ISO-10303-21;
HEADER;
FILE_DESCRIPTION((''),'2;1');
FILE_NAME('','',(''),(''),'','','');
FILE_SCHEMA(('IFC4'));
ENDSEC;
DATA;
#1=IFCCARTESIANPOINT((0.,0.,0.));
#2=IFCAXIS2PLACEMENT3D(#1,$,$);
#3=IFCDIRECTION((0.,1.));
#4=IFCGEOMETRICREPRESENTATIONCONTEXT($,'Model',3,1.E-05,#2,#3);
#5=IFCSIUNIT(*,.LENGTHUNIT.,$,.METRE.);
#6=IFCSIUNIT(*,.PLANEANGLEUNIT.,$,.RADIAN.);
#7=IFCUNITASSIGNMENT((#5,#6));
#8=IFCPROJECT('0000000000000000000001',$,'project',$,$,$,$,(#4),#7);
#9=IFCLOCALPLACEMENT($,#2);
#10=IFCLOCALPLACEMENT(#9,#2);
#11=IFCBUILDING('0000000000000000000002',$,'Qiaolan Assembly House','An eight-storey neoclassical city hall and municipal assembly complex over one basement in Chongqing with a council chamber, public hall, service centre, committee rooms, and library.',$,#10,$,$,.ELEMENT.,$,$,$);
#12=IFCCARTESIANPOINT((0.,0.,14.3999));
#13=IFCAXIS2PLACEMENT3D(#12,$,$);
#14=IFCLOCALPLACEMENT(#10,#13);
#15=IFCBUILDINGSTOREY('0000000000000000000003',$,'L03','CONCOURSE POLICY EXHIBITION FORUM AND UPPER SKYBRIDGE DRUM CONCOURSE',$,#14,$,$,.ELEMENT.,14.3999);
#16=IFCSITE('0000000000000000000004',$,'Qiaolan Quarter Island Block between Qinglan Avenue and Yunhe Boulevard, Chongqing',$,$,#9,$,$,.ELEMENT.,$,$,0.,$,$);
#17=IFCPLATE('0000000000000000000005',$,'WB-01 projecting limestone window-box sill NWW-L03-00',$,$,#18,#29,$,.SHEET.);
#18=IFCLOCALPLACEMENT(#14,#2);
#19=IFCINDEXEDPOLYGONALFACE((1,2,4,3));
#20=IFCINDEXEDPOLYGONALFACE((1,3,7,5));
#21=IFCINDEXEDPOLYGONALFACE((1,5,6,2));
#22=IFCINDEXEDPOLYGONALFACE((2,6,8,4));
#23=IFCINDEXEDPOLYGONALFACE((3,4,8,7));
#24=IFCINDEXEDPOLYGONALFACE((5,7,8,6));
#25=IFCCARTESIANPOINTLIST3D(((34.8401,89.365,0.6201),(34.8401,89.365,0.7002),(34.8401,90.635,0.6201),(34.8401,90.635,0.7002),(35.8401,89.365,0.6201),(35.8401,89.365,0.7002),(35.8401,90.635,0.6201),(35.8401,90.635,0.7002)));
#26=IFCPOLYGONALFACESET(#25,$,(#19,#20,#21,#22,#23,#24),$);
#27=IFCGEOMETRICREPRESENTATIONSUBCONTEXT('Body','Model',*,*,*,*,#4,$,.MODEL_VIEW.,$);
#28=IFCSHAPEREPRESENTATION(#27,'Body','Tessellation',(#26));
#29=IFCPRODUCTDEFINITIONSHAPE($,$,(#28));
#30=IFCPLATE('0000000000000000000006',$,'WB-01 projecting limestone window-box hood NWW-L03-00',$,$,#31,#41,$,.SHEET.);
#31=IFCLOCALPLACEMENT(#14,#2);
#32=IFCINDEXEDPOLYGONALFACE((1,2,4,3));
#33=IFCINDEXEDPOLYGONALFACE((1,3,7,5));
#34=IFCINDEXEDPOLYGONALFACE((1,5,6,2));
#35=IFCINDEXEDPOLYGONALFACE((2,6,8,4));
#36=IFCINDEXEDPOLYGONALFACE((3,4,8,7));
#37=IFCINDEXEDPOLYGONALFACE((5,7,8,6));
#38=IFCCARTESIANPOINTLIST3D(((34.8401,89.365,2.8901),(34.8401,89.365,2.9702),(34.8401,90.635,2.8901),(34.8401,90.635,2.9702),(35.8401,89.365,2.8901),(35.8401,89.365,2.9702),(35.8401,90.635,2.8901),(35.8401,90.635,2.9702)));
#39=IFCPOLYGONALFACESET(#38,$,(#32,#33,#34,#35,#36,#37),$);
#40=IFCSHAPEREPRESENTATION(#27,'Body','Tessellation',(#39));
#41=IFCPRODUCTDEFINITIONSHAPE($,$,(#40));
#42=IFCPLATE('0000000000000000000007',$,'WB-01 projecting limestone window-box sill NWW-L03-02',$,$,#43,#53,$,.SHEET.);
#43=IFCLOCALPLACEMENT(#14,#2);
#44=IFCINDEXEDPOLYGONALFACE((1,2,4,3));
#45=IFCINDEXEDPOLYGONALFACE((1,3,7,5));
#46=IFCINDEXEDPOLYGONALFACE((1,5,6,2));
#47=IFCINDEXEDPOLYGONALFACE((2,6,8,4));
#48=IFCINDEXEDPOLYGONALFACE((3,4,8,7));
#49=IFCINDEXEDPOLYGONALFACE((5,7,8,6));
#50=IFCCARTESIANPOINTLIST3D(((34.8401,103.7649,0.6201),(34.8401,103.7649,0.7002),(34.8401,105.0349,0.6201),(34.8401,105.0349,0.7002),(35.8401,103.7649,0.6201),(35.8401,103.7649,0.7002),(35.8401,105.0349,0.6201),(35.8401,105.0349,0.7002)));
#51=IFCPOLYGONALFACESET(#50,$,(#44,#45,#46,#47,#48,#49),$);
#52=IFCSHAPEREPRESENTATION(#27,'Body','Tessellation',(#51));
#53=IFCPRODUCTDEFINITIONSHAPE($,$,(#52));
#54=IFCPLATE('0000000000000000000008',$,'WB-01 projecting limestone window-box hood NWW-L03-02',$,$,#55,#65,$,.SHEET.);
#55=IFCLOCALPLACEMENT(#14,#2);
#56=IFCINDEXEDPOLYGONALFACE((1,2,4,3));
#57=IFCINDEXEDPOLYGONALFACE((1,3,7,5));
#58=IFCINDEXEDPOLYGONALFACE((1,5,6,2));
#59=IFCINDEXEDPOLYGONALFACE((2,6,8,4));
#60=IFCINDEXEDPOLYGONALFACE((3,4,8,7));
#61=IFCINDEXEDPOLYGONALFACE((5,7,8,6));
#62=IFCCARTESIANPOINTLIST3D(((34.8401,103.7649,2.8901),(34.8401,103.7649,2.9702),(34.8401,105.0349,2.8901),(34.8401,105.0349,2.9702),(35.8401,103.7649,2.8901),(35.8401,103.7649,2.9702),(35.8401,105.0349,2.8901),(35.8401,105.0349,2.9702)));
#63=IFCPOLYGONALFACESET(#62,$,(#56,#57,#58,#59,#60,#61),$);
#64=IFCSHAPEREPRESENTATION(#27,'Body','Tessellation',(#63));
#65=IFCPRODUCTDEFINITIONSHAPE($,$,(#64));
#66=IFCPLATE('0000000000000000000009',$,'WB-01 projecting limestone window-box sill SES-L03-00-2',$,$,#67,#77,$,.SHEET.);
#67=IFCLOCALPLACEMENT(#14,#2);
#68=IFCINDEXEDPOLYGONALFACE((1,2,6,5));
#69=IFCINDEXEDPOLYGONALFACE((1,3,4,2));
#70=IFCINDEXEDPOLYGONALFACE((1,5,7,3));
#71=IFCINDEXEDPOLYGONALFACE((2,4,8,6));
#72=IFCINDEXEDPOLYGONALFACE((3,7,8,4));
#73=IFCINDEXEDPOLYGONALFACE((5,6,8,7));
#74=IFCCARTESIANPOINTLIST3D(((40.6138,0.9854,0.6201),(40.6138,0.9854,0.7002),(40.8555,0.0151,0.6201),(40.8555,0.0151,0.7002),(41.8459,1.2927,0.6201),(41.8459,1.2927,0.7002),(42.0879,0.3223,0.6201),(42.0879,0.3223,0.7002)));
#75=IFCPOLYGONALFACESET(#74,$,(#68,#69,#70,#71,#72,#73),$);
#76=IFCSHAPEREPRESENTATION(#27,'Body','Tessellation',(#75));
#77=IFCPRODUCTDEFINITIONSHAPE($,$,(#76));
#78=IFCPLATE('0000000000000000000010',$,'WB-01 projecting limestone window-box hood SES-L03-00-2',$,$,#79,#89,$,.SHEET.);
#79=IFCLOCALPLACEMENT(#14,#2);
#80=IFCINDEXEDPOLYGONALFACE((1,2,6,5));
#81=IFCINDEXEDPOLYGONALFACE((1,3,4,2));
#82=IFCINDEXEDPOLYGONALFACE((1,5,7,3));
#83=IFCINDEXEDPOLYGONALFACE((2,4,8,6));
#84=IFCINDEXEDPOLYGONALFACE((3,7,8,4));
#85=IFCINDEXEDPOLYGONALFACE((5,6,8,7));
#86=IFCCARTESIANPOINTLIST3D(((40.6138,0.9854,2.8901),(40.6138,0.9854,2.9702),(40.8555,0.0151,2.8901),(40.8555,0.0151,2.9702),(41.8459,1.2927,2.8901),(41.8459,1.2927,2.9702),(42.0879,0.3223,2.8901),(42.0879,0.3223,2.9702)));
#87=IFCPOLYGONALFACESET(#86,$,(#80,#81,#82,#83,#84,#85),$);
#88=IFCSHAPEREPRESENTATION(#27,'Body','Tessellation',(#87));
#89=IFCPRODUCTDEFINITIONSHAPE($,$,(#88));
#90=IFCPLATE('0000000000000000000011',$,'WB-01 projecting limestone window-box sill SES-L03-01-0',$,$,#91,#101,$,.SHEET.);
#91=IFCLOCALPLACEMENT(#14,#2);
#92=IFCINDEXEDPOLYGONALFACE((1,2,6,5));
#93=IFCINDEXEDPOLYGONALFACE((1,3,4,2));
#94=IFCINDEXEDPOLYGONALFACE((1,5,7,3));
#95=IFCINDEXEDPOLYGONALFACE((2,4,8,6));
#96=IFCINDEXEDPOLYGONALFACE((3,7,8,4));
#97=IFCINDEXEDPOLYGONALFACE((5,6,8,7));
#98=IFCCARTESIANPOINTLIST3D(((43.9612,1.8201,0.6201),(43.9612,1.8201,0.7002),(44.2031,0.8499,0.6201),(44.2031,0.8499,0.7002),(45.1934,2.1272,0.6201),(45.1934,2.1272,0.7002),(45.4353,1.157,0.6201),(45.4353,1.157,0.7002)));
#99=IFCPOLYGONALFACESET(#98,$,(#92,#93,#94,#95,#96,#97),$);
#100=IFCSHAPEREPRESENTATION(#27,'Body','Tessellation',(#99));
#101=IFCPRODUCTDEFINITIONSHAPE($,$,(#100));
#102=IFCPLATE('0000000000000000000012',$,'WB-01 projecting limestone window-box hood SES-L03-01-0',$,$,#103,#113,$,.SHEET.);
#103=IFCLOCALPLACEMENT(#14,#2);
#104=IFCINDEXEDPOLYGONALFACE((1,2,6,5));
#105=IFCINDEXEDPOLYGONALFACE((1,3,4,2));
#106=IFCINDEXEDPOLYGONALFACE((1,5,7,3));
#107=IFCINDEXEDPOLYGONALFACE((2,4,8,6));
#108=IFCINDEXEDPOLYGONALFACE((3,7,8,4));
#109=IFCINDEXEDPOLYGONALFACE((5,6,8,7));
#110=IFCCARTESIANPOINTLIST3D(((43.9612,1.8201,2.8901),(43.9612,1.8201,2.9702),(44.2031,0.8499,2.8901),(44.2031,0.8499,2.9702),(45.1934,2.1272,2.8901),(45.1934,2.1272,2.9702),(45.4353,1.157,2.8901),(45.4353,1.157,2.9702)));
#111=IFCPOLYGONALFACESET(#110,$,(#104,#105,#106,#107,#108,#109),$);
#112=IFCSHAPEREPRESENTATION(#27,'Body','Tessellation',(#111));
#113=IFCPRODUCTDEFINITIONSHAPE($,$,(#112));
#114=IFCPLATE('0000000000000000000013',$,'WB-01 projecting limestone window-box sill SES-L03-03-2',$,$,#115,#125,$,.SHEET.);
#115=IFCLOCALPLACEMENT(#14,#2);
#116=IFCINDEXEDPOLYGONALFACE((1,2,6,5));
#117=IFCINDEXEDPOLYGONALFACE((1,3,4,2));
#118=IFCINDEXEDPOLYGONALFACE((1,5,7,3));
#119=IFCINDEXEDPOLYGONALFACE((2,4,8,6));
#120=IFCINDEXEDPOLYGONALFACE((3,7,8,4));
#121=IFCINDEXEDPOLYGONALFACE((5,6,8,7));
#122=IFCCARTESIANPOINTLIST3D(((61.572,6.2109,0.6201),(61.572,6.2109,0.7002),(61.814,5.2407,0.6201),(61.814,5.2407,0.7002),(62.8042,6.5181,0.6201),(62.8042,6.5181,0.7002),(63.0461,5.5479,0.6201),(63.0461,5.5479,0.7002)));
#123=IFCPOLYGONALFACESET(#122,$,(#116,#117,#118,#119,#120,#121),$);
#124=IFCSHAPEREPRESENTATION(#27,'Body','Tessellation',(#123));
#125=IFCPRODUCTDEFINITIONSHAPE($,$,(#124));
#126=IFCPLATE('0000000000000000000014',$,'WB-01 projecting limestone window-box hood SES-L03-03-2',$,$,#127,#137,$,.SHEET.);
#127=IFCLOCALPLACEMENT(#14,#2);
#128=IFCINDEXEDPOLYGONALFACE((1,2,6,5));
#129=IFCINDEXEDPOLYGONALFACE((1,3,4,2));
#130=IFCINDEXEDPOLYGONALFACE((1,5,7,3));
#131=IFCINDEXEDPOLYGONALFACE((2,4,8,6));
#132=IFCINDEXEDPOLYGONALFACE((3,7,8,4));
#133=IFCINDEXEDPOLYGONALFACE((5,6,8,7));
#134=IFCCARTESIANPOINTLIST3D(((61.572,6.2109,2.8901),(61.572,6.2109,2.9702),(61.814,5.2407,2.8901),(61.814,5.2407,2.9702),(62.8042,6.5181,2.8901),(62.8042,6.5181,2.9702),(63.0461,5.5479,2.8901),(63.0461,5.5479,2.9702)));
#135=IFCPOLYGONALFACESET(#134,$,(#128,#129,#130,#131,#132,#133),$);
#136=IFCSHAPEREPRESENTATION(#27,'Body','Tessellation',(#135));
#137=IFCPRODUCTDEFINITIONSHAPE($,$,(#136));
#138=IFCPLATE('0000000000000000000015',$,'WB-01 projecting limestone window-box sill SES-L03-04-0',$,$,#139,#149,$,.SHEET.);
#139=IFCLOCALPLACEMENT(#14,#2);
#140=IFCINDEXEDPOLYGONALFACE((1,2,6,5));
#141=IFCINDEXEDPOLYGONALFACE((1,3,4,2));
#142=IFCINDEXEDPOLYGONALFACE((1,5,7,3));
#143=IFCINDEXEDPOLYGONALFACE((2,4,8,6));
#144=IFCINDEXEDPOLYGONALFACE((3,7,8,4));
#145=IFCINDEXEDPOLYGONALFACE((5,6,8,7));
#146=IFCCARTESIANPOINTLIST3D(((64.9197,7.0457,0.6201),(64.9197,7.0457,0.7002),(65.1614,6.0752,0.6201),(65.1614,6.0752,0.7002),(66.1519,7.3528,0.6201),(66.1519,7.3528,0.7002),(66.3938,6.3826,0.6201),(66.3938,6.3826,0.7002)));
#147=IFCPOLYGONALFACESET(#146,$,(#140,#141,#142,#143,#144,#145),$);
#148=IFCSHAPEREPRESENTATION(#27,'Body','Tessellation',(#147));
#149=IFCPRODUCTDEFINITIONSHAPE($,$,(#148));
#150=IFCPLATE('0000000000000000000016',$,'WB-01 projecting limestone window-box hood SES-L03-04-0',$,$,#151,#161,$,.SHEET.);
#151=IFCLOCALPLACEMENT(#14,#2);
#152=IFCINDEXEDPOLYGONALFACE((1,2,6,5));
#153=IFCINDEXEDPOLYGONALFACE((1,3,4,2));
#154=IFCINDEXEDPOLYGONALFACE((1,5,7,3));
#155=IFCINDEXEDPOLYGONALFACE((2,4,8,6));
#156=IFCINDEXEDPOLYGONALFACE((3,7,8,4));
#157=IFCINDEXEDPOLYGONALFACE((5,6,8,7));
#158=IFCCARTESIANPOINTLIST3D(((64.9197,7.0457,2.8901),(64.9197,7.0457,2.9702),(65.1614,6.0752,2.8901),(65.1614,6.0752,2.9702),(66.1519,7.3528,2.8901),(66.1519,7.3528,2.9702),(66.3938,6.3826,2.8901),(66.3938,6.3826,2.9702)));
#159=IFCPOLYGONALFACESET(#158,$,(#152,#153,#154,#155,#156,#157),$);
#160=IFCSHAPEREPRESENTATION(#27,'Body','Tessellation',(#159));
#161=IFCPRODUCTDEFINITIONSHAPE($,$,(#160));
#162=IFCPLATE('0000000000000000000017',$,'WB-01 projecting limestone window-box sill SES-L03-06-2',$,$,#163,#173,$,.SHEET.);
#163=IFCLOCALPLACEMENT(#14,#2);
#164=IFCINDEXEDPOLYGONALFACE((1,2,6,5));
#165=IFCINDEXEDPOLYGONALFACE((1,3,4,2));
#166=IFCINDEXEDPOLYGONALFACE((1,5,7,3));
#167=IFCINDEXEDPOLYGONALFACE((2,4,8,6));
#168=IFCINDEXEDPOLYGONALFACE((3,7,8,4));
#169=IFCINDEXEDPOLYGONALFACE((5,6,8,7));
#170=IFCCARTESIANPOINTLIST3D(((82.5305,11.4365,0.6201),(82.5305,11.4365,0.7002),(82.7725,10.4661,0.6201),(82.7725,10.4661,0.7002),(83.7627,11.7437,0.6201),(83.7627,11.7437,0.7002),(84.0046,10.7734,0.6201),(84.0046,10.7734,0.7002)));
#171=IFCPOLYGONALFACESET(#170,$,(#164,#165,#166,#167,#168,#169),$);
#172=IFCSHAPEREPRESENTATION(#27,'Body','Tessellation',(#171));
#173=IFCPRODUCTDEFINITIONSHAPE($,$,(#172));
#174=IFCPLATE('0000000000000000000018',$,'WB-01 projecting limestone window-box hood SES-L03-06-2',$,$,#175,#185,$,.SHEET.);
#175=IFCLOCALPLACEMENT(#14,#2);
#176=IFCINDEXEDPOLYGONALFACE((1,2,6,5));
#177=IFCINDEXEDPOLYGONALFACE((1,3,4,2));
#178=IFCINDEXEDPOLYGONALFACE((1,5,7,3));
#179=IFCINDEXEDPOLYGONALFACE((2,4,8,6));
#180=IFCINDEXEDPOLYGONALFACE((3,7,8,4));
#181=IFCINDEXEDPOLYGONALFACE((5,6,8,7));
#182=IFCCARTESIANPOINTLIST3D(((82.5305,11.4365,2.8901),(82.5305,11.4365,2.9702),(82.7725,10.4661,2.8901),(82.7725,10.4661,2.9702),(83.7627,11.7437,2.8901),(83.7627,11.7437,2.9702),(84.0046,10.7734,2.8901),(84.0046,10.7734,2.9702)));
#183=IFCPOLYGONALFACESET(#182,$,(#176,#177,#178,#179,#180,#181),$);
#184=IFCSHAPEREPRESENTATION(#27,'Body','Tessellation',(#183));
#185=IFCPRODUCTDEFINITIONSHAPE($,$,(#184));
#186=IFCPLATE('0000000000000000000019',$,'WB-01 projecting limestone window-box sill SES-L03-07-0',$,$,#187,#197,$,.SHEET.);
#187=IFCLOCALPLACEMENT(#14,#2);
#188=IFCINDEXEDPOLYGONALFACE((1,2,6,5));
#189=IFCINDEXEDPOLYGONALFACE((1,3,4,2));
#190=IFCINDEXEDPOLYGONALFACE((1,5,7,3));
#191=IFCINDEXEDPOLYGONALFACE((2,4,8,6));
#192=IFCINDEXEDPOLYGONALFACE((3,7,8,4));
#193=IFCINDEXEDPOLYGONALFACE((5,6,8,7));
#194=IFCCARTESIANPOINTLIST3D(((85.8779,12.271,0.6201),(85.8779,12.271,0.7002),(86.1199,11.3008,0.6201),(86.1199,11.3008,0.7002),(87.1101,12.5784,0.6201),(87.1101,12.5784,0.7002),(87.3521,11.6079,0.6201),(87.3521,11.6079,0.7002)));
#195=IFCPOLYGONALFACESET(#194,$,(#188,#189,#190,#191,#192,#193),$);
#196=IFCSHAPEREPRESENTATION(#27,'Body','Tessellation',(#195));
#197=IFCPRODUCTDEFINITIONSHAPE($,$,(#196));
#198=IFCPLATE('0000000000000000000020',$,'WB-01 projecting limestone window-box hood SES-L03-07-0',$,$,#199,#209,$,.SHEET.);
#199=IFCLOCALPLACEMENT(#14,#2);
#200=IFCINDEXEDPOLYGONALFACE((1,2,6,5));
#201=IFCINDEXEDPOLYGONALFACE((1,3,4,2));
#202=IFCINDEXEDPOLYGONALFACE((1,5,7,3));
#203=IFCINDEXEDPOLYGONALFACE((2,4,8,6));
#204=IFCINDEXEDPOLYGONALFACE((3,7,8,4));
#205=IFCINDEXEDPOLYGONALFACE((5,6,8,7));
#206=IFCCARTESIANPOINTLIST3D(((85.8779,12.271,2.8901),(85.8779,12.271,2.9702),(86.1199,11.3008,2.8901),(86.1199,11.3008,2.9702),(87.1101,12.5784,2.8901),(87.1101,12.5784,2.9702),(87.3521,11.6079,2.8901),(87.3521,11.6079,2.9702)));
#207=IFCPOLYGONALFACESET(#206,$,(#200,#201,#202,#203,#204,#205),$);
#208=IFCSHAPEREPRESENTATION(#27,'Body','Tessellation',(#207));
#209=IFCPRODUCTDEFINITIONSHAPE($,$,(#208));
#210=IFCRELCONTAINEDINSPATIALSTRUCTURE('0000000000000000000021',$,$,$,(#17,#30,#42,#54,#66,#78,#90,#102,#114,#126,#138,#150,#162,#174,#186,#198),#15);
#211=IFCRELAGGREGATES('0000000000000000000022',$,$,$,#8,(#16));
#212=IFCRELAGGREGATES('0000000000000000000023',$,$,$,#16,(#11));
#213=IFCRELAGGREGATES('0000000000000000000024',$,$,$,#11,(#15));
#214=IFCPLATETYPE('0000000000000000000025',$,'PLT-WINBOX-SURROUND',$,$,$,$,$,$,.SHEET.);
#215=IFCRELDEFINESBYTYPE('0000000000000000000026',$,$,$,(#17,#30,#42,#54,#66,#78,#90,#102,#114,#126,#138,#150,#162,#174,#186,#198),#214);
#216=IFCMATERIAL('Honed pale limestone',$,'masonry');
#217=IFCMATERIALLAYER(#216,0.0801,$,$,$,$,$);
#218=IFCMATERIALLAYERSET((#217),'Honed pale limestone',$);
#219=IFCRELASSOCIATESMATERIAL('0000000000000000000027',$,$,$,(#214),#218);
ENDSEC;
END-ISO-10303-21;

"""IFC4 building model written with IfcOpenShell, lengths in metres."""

from ifc_helpers import new_model, si_unit, direction, frame, origin, place, context, subcontext, project, spatial, polyline, outline, extrude, material, layer, layer_set, type_object, element, save


model = new_model("IFC4")

# Units and contexts
model_context = context("Model", 3, precision=1e-05, world=origin(), true_north=direction((0.0, 1.0)))
body_context = subcontext(model_context, "Body", "Model", "MODEL_VIEW")
ifc_project = project(units=[si_unit("LENGTHUNIT", "METRE"), si_unit("PLANEANGLEUNIT", "RADIAN")], contexts=[model_context])

# Site, building, storey
site_placement = place(None, origin())
site = spatial("IfcSite", under=ifc_project, at=site_placement, Name="Qiaolan Quarter Island Block between Qinglan Avenue and Yunhe Boulevard, Chongqing", CompositionType="ELEMENT", RefElevation=0.0)
building_placement = place(site_placement, origin())
building = spatial("IfcBuilding", under=site, at=building_placement, Name="Qiaolan Assembly House", Description="An eight-storey neoclassical city hall and municipal assembly complex over one basement in Chongqing with a council chamber, public hall, service centre, committee rooms, and library.", CompositionType="ELEMENT")
storey_placement = place(building_placement, frame((0.0, 0.0, 14.3999)))
storey = spatial("IfcBuildingStorey", under=building, at=storey_placement, Name="L03", Description="CONCOURSE POLICY EXHIBITION FORUM AND UPPER SKYBRIDGE DRUM CONCOURSE", CompositionType="ELEMENT", Elevation=14.3999)

# Plates
ifc_material_1 = material(Name="Honed pale limestone", Category="masonry")
ifc_layer_1 = layer(ifc_material_1, 0.0801)
ifc_layer_set_1 = layer_set([ifc_layer_1], Name="Honed pale limestone")
plate_type = type_object("IfcPlateType", Name="PLT-WINBOX-SURROUND", PredefinedType="SHEET", material=ifc_layer_set_1)
for number, where, name in (
    (1, (0.0, 0.0, 0.6201), "WB-01 projecting limestone window-box sill NWW-L03-00"),
    (2, (0.0, 0.0, 2.8901), "WB-01 projecting limestone window-box hood NWW-L03-00"),
):
    element("IfcPlate", number, at=place(storey_placement, frame(where)), inside=storey, type_object=plate_type, Name=name, PredefinedType="SHEET", context=body_context, shape_type="SweptSolid", body=[
        extrude(outline(polyline([(34.8401, 89.365), (34.8401, 90.635), (35.8401, 90.635), (35.8401, 89.365), (34.8401, 89.365)])), origin(), (0.0, 0.0, 1.0), 0.0801),
    ])
for number, where, name in (
    (3, (0.0, 0.0, 0.6201), "WB-01 projecting limestone window-box sill NWW-L03-02"),
    (4, (0.0, 0.0, 2.8901), "WB-01 projecting limestone window-box hood NWW-L03-02"),
):
    element("IfcPlate", number, at=place(storey_placement, frame(where)), inside=storey, type_object=plate_type, Name=name, PredefinedType="SHEET", context=body_context, shape_type="SweptSolid", body=[
        extrude(outline(polyline([(34.8401, 103.7649), (34.8401, 105.0349), (35.8401, 105.0349), (35.8401, 103.7649), (34.8401, 103.7649)])), origin(), (0.0, 0.0, 1.0), 0.0801),
    ])
for number, where, name in (
    (5, (0.0, 0.0, 0.6201), "WB-01 projecting limestone window-box sill SES-L03-00-2"),
    (6, (0.0, 0.0, 2.8901), "WB-01 projecting limestone window-box hood SES-L03-00-2"),
):
    element("IfcPlate", number, at=place(storey_placement, frame(where)), inside=storey, type_object=plate_type, Name=name, PredefinedType="SHEET", context=body_context, shape_type="SweptSolid", body=[
        extrude(outline(polyline([(40.8555, 0.0151), (42.0879, 0.3223), (41.8459, 1.2927), (40.6138, 0.9854), (40.8555, 0.0151)])), origin(), (0.0, 0.0, 1.0), 0.0801),
    ])
for number, where, name in (
    (7, (0.0, 0.0, 0.6201), "WB-01 projecting limestone window-box sill SES-L03-01-0"),
    (8, (0.0, 0.0, 2.8901), "WB-01 projecting limestone window-box hood SES-L03-01-0"),
):
    element("IfcPlate", number, at=place(storey_placement, frame(where)), inside=storey, type_object=plate_type, Name=name, PredefinedType="SHEET", context=body_context, shape_type="SweptSolid", body=[
        extrude(outline(polyline([(44.2031, 0.8499), (45.4353, 1.157), (45.1934, 2.1272), (43.9612, 1.8201), (44.2031, 0.8499)])), origin(), (0.0, 0.0, 1.0), 0.0801),
    ])
for number, where, name in (
    (9, (0.0, 0.0, 0.6201), "WB-01 projecting limestone window-box sill SES-L03-03-2"),
    (10, (0.0, 0.0, 2.8901), "WB-01 projecting limestone window-box hood SES-L03-03-2"),
):
    element("IfcPlate", number, at=place(storey_placement, frame(where)), inside=storey, type_object=plate_type, Name=name, PredefinedType="SHEET", context=body_context, shape_type="SweptSolid", body=[
        extrude(outline(polyline([(61.814, 5.2407), (63.0461, 5.5479), (62.8042, 6.5181), (61.572, 6.2109), (61.814, 5.2407)])), origin(), (0.0, 0.0, 1.0), 0.0801),
    ])
for number, where, name in (
    (11, (0.0, 0.0, 0.6201), "WB-01 projecting limestone window-box sill SES-L03-04-0"),
    (12, (0.0, 0.0, 2.8901), "WB-01 projecting limestone window-box hood SES-L03-04-0"),
):
    element("IfcPlate", number, at=place(storey_placement, frame(where)), inside=storey, type_object=plate_type, Name=name, PredefinedType="SHEET", context=body_context, shape_type="SweptSolid", body=[
        extrude(outline(polyline([(65.1614, 6.0752), (66.3938, 6.3826), (66.1519, 7.3528), (64.9197, 7.0457), (65.1614, 6.0752)])), origin(), (0.0, 0.0, 1.0), 0.0801),
    ])
for number, where, name in (
    (13, (0.0, 0.0, 0.6201), "WB-01 projecting limestone window-box sill SES-L03-06-2"),
    (14, (0.0, 0.0, 2.8901), "WB-01 projecting limestone window-box hood SES-L03-06-2"),
):
    element("IfcPlate", number, at=place(storey_placement, frame(where)), inside=storey, type_object=plate_type, Name=name, PredefinedType="SHEET", context=body_context, shape_type="SweptSolid", body=[
        extrude(outline(polyline([(82.7725, 10.4661), (84.0046, 10.7734), (83.7627, 11.7437), (82.5305, 11.4365), (82.7725, 10.4661)])), origin(), (0.0, 0.0, 1.0), 0.0801),
    ])
for number, where, name in (
    (15, (0.0, 0.0, 0.6201), "WB-01 projecting limestone window-box sill SES-L03-07-0"),
    (16, (0.0, 0.0, 2.8901), "WB-01 projecting limestone window-box hood SES-L03-07-0"),
):
    element("IfcPlate", number, at=place(storey_placement, frame(where)), inside=storey, type_object=plate_type, Name=name, PredefinedType="SHEET", context=body_context, shape_type="SweptSolid", body=[
        extrude(outline(polyline([(86.1199, 11.3008), (87.3521, 11.6079), (87.1101, 12.5784), (85.8779, 12.271), (86.1199, 11.3008)])), origin(), (0.0, 0.0, 1.0), 0.0801),
    ])

save(model, "model.ifc")
